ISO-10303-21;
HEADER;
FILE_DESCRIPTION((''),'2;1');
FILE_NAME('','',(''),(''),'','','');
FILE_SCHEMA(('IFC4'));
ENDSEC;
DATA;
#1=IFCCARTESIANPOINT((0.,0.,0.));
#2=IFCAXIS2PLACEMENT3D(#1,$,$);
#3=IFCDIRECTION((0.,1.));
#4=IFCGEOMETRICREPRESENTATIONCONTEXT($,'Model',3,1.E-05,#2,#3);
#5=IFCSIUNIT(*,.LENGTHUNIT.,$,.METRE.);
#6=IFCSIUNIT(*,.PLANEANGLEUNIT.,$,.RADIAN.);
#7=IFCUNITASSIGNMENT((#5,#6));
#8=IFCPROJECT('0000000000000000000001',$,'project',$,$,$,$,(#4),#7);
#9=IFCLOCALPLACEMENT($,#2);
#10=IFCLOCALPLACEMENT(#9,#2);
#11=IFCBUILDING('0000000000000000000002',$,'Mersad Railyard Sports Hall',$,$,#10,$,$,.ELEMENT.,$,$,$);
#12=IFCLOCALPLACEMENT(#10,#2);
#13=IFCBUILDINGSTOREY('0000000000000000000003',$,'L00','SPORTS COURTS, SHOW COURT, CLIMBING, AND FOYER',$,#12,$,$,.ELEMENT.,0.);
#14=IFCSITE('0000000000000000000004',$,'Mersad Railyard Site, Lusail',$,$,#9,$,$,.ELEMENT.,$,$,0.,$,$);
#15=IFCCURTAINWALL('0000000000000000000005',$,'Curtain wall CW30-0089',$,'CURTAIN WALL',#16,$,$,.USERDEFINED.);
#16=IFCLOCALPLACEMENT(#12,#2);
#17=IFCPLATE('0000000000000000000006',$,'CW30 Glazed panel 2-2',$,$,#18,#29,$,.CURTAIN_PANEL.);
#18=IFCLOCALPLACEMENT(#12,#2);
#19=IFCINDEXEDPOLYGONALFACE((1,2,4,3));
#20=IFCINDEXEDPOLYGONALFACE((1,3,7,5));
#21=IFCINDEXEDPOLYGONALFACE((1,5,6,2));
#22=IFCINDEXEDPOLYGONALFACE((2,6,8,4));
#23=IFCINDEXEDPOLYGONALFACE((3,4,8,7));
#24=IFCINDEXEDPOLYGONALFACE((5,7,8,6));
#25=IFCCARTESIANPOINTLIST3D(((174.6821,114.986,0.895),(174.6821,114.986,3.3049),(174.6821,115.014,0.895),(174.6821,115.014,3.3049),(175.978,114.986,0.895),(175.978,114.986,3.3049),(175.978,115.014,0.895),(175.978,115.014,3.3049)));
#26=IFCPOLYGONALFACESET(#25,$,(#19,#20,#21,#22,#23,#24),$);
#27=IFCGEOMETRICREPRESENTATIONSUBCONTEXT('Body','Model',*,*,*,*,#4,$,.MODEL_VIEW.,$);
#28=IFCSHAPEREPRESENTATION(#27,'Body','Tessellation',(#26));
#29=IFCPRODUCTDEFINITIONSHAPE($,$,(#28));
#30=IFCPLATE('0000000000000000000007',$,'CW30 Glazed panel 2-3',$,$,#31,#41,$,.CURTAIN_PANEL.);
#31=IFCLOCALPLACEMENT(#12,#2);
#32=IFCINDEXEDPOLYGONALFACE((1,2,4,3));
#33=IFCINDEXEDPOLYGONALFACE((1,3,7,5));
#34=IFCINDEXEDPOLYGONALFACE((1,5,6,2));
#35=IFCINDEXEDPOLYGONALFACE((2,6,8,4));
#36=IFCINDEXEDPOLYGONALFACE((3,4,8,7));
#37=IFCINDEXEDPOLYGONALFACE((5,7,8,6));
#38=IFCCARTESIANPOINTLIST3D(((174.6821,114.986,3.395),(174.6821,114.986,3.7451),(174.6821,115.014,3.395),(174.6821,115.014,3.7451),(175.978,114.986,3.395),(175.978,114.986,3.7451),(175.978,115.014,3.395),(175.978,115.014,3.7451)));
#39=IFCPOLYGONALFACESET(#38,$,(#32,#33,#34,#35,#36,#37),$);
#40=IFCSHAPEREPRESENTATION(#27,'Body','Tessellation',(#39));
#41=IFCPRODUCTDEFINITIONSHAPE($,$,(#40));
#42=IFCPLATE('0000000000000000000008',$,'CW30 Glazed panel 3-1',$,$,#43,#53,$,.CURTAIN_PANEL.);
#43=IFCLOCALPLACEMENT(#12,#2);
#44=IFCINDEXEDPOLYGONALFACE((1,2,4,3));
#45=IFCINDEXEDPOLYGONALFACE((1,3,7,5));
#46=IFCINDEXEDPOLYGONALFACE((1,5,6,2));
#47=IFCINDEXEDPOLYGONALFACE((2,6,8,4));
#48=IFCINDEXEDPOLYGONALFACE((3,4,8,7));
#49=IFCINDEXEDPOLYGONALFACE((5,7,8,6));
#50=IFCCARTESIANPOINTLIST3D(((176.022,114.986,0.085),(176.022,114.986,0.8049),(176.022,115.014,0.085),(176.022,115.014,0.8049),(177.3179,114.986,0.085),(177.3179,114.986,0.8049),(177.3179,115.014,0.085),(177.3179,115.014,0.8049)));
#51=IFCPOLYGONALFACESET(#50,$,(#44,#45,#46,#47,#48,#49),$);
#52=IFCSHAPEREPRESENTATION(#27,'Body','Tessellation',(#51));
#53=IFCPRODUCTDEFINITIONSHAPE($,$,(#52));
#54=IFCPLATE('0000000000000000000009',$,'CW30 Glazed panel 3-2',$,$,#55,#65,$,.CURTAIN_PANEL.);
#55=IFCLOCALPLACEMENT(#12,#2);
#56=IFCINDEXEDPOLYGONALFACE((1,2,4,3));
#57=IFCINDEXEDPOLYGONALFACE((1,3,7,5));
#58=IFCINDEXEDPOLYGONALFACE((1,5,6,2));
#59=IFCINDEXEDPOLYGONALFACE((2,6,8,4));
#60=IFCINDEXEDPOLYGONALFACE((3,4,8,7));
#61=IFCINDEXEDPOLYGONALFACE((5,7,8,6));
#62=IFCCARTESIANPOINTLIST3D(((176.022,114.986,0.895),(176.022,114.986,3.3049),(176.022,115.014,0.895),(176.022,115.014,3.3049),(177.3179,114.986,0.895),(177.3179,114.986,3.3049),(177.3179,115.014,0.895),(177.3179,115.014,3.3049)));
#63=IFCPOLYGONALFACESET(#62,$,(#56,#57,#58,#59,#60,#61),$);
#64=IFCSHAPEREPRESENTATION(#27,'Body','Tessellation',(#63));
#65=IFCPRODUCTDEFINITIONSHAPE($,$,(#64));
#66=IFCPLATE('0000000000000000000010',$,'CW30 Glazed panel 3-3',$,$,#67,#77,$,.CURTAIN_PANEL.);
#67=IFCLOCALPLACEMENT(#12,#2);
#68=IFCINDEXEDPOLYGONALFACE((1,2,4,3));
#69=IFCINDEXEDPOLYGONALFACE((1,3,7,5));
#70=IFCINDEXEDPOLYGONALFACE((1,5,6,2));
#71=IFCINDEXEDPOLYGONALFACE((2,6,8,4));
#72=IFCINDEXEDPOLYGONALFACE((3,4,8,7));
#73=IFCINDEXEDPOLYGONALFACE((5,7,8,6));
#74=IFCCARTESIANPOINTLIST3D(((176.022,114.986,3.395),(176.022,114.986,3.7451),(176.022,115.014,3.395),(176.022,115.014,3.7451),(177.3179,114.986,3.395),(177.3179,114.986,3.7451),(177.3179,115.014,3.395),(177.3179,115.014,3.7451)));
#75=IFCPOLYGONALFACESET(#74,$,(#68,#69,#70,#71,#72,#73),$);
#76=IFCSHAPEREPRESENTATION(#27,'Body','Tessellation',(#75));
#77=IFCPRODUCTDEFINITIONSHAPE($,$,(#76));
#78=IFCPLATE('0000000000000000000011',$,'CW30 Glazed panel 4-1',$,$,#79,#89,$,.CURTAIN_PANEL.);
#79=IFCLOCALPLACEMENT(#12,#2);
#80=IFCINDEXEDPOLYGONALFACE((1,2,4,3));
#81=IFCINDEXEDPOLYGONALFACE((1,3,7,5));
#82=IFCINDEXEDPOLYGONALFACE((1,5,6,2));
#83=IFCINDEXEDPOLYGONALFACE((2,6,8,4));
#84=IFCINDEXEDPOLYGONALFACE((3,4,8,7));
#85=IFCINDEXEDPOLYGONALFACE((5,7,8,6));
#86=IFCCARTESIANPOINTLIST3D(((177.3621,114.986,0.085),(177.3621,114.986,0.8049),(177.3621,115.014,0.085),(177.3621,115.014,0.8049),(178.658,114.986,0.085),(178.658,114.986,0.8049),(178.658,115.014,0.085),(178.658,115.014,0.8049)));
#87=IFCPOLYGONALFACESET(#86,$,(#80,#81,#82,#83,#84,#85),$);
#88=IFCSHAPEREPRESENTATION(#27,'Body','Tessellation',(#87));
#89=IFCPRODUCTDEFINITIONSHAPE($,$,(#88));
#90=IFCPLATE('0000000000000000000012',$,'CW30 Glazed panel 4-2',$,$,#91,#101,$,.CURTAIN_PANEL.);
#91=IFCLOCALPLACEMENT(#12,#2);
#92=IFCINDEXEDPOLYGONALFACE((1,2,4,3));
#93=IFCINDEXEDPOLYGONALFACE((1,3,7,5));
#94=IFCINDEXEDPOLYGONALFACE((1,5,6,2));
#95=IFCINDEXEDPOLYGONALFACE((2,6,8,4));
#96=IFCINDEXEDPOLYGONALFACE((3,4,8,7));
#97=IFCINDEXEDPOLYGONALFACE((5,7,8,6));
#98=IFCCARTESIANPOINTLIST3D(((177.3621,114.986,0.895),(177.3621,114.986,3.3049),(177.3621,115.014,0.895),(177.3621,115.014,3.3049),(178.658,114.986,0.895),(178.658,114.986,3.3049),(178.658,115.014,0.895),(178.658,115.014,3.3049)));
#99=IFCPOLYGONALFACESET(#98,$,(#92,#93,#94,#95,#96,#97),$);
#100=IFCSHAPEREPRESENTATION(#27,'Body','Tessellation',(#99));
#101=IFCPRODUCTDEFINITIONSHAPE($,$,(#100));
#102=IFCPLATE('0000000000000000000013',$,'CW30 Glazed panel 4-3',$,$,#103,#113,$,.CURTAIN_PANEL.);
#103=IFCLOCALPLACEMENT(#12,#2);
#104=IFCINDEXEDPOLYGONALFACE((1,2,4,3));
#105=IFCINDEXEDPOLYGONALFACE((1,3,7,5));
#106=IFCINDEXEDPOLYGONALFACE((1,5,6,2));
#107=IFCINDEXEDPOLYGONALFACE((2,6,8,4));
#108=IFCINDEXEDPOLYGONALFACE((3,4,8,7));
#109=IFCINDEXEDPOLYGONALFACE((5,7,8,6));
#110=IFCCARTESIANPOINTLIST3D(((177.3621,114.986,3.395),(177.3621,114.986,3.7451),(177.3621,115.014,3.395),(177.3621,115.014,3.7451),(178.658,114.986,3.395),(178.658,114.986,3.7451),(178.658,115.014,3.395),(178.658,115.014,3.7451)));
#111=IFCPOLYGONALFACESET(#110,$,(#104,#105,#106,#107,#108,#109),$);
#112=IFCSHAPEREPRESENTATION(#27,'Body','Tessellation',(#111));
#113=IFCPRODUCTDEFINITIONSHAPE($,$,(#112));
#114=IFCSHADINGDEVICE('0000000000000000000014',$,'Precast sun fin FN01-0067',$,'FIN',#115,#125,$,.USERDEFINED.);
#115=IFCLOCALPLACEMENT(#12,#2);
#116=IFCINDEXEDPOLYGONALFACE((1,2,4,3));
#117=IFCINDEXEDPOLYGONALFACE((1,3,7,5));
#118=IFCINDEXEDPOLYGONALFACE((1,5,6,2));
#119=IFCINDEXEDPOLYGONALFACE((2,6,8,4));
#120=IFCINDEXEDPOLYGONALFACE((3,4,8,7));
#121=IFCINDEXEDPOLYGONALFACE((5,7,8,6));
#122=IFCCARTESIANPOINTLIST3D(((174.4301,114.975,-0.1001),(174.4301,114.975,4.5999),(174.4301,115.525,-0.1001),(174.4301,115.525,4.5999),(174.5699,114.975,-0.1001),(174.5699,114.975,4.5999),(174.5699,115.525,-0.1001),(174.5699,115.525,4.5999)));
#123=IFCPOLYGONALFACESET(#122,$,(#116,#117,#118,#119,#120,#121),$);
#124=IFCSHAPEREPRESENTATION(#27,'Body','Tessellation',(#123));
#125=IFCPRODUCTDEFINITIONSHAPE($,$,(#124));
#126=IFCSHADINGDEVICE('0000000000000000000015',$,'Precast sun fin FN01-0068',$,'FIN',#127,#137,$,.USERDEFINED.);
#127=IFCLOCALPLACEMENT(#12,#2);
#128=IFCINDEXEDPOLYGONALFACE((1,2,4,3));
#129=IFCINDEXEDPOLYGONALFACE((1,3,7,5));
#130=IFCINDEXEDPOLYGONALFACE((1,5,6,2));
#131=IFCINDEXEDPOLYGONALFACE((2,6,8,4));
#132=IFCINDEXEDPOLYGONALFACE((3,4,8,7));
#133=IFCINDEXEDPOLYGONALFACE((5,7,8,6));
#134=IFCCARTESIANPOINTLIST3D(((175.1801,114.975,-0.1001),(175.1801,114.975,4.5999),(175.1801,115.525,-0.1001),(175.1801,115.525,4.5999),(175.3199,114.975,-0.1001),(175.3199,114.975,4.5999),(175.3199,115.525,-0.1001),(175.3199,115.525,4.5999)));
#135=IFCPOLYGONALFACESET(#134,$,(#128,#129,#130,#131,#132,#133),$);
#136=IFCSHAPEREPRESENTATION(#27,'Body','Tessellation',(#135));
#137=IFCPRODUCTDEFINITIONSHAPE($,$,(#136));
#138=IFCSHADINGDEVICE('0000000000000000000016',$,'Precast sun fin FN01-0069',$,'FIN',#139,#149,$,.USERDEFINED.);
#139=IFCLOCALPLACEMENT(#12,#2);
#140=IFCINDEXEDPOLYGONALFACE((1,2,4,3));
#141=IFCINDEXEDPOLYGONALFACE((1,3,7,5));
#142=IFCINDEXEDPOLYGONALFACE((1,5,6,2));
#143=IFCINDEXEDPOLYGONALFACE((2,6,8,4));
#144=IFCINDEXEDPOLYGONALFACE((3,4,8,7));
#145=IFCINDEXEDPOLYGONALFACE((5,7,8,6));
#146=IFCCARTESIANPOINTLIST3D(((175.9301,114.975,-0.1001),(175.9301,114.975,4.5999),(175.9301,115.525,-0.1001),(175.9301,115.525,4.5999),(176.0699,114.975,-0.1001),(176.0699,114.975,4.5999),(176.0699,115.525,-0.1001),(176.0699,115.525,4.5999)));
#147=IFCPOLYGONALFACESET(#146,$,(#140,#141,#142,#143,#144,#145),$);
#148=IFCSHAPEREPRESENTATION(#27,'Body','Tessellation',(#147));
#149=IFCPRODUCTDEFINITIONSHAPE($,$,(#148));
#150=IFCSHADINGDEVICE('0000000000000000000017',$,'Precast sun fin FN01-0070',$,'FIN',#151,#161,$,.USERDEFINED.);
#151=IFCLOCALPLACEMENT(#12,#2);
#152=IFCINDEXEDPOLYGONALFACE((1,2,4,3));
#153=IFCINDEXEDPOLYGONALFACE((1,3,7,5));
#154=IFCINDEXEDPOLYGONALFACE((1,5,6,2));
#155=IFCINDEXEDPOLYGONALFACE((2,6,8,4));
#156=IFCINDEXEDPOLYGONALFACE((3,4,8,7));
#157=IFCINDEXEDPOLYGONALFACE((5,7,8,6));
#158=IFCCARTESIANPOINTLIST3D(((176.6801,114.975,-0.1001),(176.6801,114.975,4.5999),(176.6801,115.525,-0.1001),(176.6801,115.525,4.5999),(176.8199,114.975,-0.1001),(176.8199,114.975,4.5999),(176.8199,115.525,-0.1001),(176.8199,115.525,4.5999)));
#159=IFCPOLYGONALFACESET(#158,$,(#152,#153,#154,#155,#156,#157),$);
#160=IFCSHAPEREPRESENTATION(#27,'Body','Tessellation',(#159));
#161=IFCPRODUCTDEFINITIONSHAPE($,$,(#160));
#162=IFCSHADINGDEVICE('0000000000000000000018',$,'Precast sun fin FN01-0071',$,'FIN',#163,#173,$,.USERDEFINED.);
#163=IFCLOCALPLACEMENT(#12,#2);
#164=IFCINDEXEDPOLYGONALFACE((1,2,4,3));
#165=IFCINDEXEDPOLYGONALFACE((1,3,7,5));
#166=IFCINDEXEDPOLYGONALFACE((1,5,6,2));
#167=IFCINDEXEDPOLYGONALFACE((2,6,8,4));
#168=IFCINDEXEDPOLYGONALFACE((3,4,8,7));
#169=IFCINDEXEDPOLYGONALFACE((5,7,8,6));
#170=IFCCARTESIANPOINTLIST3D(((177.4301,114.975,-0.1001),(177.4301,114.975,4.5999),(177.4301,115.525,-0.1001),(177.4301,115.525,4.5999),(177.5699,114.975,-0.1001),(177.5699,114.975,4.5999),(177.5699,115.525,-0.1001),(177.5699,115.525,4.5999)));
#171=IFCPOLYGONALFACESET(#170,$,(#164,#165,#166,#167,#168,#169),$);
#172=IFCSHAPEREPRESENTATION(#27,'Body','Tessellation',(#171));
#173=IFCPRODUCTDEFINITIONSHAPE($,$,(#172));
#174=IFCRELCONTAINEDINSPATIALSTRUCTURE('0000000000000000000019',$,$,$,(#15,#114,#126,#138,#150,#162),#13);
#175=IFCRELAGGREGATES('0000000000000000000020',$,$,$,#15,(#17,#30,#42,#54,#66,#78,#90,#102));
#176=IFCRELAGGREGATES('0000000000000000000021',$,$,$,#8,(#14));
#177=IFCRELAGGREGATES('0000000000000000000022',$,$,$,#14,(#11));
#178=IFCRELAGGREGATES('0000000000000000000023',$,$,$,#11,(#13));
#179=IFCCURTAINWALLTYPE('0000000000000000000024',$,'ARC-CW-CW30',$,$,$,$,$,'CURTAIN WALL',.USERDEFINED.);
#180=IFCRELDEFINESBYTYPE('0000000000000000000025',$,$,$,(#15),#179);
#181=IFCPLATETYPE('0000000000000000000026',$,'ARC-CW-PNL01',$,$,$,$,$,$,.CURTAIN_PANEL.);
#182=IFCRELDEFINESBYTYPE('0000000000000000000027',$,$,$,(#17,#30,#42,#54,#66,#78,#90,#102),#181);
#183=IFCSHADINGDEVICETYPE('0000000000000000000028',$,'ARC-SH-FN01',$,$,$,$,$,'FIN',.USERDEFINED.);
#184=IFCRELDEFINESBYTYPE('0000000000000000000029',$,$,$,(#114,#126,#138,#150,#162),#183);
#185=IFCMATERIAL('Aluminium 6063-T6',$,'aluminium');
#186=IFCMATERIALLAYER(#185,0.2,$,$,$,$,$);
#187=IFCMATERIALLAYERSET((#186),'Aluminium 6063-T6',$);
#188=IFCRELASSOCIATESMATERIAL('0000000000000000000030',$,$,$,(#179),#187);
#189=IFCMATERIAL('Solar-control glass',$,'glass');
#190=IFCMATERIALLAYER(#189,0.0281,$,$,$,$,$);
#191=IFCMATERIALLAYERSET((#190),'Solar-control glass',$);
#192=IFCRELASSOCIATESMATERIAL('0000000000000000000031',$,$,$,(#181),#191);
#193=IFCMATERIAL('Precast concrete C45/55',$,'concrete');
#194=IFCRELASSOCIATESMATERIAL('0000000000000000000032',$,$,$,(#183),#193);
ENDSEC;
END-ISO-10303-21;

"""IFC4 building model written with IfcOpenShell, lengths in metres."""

from ifc_helpers import new_model, si_unit, direction, frame, origin, origin_2d, place, context, subcontext, project, spatial, rectangle, extrude, material, layer, layer_set, type_object, element, aggregate, save


model = new_model("IFC4")

# Units and contexts
model_context = context("Model", 3, precision=1e-05, world=origin(), true_north=direction((0.0, 1.0)))
body_context = subcontext(model_context, "Body", "Model", "MODEL_VIEW")
ifc_project = project(units=[si_unit("LENGTHUNIT", "METRE"), si_unit("PLANEANGLEUNIT", "RADIAN")], contexts=[model_context])

# Site, building, storey
site_placement = place(None, origin())
site = spatial("IfcSite", under=ifc_project, at=site_placement, Name="Mersad Railyard Site, Lusail", CompositionType="ELEMENT", RefElevation=0.0)
building_placement = place(site_placement, origin())
building = spatial("IfcBuilding", under=site, at=building_placement, Name="Mersad Railyard Sports Hall", CompositionType="ELEMENT")
storey_placement = place(building_placement, origin())
storey = spatial("IfcBuildingStorey", under=building, at=storey_placement, Name="L00", Description="SPORTS COURTS, SHOW COURT, CLIMBING, AND FOYER", CompositionType="ELEMENT", Elevation=0.0)

# Curtain wall, plates
ifc_material_1 = material(Name="Aluminium 6063-T6", Category="aluminium")
ifc_layer_1 = layer(ifc_material_1, 0.2)
ifc_layer_set_1 = layer_set([ifc_layer_1], Name="Aluminium 6063-T6")
curtain_wall_type = type_object("IfcCurtainWallType", Name="ARC-CW-CW30", ElementType="CURTAIN WALL", PredefinedType="USERDEFINED", material=ifc_layer_set_1)
curtain_wall_placement = place(storey_placement, origin())
curtain_wall = element("IfcCurtainWall", 1, at=curtain_wall_placement, inside=storey, type_object=curtain_wall_type, Name="Curtain wall CW30-0089", ObjectType="CURTAIN WALL", PredefinedType="USERDEFINED")
ifc_material_2 = material(Name="Solar-control glass", Category="glass")
ifc_layer_2 = layer(ifc_material_2, 0.0281)
ifc_layer_set_2 = layer_set([ifc_layer_2], Name="Solar-control glass")
plate_type = type_object("IfcPlateType", Name="ARC-CW-PNL01", PredefinedType="CURTAIN_PANEL", material=ifc_layer_set_2)
plate_1_placement = place(storey_placement, frame((175.3301, 115.0, 0.895), z_axis=(0.0, 0.0, 1.0), x_axis=(1.0, 0.0, 0.0)))
plate_1 = element("IfcPlate", 2, at=plate_1_placement, type_object=plate_type, Name="CW30 Glazed panel 2-2", PredefinedType="CURTAIN_PANEL", context=body_context, shape_type="SweptSolid", body=[
    extrude(rectangle(XDim=1.2959, YDim=0.0281, at=origin_2d()), origin(), (0.0, 0.0, 1.0), 2.4099),
])
plate_2_placement = place(storey_placement, frame((175.3301, 115.0, 3.395), z_axis=(0.0, 0.0, 1.0), x_axis=(1.0, 0.0, 0.0)))
plate_2 = element("IfcPlate", 3, at=plate_2_placement, type_object=plate_type, Name="CW30 Glazed panel 2-3", PredefinedType="CURTAIN_PANEL", context=body_context, shape_type="SweptSolid", body=[
    extrude(rectangle(XDim=1.2959, YDim=0.0281, at=origin_2d()), origin(), (0.0, 0.0, 1.0), 0.3501),
])
plate_3_placement = place(storey_placement, frame((176.6699, 115.0, 0.085), z_axis=(0.0, 0.0, 1.0), x_axis=(1.0, 0.0, 0.0)))
plate_3 = element("IfcPlate", 4, at=plate_3_placement, type_object=plate_type, Name="CW30 Glazed panel 3-1", PredefinedType="CURTAIN_PANEL", context=body_context, shape_type="SweptSolid", body=[
    extrude(rectangle(XDim=1.2959, YDim=0.0281, at=origin_2d()), origin(), (0.0, 0.0, 1.0), 0.72),
])
plate_4_placement = place(storey_placement, frame((176.6699, 115.0, 0.895), z_axis=(0.0, 0.0, 1.0), x_axis=(1.0, 0.0, 0.0)))
plate_4 = element("IfcPlate", 5, at=plate_4_placement, type_object=plate_type, Name="CW30 Glazed panel 3-2", PredefinedType="CURTAIN_PANEL", context=body_context, shape_type="SweptSolid", body=[
    extrude(rectangle(XDim=1.2959, YDim=0.0281, at=origin_2d()), origin(), (0.0, 0.0, 1.0), 2.4099),
])
plate_5_placement = place(storey_placement, frame((176.6699, 115.0, 3.395), z_axis=(0.0, 0.0, 1.0), x_axis=(1.0, 0.0, 0.0)))
plate_5 = element("IfcPlate", 6, at=plate_5_placement, type_object=plate_type, Name="CW30 Glazed panel 3-3", PredefinedType="CURTAIN_PANEL", context=body_context, shape_type="SweptSolid", body=[
    extrude(rectangle(XDim=1.2959, YDim=0.0281, at=origin_2d()), origin(), (0.0, 0.0, 1.0), 0.3501),
])
plate_6_placement = place(storey_placement, frame((178.01, 115.0, 0.085), z_axis=(0.0, 0.0, 1.0), x_axis=(1.0, 0.0, 0.0)))
plate_6 = element("IfcPlate", 7, at=plate_6_placement, type_object=plate_type, Name="CW30 Glazed panel 4-1", PredefinedType="CURTAIN_PANEL", context=body_context, shape_type="SweptSolid", body=[
    extrude(rectangle(XDim=1.2959, YDim=0.0281, at=origin_2d()), origin(), (0.0, 0.0, 1.0), 0.72),
])
plate_7_placement = place(storey_placement, frame((178.01, 115.0, 0.895), z_axis=(0.0, 0.0, 1.0), x_axis=(1.0, 0.0, 0.0)))
plate_7 = element("IfcPlate", 8, at=plate_7_placement, type_object=plate_type, Name="CW30 Glazed panel 4-2", PredefinedType="CURTAIN_PANEL", context=body_context, shape_type="SweptSolid", body=[
    extrude(rectangle(XDim=1.2959, YDim=0.0281, at=origin_2d()), origin(), (0.0, 0.0, 1.0), 2.4099),
])
plate_8_placement = place(storey_placement, frame((178.01, 115.0, 3.395), z_axis=(0.0, 0.0, 1.0), x_axis=(1.0, 0.0, 0.0)))
plate_8 = element("IfcPlate", 9, at=plate_8_placement, type_object=plate_type, Name="CW30 Glazed panel 4-3", PredefinedType="CURTAIN_PANEL", context=body_context, shape_type="SweptSolid", body=[
    extrude(rectangle(XDim=1.2959, YDim=0.0281, at=origin_2d()), origin(), (0.0, 0.0, 1.0), 0.3501),
])
aggregate(curtain_wall, [plate_1, plate_2, plate_3, plate_4, plate_5, plate_6, plate_7, plate_8])

# Shading devices
ifc_material_3 = material(Name="Precast concrete C45/55", Category="concrete")
shading_device_type = type_object("IfcShadingDeviceType", Name="ARC-SH-FN01", ElementType="FIN", PredefinedType="USERDEFINED", material=ifc_material_3)
for number, where, z_axis, x_axis, name in (
    (10, (174.5, 115.25, -0.1001), (0.0, 0.0, 1.0), (1.0, 0.0, 0.0), "Precast sun fin FN01-0067"),
    (11, (175.25, 115.25, -0.1001), (0.0, 0.0, 1.0), (1.0, 0.0, 0.0), "Precast sun fin FN01-0068"),
    (12, (176.0, 115.25, -0.1001), (0.0, 0.0, 1.0), (1.0, 0.0, 0.0), "Precast sun fin FN01-0069"),
    (13, (176.75, 115.25, -0.1001), (0.0, 0.0, 1.0), (1.0, 0.0, 0.0), "Precast sun fin FN01-0070"),
    (14, (177.5, 115.25, -0.1001), (0.0, 0.0, 1.0), (1.0, 0.0, 0.0), "Precast sun fin FN01-0071"),
):
    element("IfcShadingDevice", number, at=place(storey_placement, frame(where, z_axis=z_axis, x_axis=x_axis)), inside=storey, type_object=shading_device_type, Name=name, ObjectType="FIN", PredefinedType="USERDEFINED", context=body_context, shape_type="SweptSolid", body=[
        extrude(rectangle(XDim=0.1399, YDim=0.55, at=origin_2d()), origin(), (0.0, 0.0, 1.0), 4.7),
    ])

save(model, "model.ifc")
